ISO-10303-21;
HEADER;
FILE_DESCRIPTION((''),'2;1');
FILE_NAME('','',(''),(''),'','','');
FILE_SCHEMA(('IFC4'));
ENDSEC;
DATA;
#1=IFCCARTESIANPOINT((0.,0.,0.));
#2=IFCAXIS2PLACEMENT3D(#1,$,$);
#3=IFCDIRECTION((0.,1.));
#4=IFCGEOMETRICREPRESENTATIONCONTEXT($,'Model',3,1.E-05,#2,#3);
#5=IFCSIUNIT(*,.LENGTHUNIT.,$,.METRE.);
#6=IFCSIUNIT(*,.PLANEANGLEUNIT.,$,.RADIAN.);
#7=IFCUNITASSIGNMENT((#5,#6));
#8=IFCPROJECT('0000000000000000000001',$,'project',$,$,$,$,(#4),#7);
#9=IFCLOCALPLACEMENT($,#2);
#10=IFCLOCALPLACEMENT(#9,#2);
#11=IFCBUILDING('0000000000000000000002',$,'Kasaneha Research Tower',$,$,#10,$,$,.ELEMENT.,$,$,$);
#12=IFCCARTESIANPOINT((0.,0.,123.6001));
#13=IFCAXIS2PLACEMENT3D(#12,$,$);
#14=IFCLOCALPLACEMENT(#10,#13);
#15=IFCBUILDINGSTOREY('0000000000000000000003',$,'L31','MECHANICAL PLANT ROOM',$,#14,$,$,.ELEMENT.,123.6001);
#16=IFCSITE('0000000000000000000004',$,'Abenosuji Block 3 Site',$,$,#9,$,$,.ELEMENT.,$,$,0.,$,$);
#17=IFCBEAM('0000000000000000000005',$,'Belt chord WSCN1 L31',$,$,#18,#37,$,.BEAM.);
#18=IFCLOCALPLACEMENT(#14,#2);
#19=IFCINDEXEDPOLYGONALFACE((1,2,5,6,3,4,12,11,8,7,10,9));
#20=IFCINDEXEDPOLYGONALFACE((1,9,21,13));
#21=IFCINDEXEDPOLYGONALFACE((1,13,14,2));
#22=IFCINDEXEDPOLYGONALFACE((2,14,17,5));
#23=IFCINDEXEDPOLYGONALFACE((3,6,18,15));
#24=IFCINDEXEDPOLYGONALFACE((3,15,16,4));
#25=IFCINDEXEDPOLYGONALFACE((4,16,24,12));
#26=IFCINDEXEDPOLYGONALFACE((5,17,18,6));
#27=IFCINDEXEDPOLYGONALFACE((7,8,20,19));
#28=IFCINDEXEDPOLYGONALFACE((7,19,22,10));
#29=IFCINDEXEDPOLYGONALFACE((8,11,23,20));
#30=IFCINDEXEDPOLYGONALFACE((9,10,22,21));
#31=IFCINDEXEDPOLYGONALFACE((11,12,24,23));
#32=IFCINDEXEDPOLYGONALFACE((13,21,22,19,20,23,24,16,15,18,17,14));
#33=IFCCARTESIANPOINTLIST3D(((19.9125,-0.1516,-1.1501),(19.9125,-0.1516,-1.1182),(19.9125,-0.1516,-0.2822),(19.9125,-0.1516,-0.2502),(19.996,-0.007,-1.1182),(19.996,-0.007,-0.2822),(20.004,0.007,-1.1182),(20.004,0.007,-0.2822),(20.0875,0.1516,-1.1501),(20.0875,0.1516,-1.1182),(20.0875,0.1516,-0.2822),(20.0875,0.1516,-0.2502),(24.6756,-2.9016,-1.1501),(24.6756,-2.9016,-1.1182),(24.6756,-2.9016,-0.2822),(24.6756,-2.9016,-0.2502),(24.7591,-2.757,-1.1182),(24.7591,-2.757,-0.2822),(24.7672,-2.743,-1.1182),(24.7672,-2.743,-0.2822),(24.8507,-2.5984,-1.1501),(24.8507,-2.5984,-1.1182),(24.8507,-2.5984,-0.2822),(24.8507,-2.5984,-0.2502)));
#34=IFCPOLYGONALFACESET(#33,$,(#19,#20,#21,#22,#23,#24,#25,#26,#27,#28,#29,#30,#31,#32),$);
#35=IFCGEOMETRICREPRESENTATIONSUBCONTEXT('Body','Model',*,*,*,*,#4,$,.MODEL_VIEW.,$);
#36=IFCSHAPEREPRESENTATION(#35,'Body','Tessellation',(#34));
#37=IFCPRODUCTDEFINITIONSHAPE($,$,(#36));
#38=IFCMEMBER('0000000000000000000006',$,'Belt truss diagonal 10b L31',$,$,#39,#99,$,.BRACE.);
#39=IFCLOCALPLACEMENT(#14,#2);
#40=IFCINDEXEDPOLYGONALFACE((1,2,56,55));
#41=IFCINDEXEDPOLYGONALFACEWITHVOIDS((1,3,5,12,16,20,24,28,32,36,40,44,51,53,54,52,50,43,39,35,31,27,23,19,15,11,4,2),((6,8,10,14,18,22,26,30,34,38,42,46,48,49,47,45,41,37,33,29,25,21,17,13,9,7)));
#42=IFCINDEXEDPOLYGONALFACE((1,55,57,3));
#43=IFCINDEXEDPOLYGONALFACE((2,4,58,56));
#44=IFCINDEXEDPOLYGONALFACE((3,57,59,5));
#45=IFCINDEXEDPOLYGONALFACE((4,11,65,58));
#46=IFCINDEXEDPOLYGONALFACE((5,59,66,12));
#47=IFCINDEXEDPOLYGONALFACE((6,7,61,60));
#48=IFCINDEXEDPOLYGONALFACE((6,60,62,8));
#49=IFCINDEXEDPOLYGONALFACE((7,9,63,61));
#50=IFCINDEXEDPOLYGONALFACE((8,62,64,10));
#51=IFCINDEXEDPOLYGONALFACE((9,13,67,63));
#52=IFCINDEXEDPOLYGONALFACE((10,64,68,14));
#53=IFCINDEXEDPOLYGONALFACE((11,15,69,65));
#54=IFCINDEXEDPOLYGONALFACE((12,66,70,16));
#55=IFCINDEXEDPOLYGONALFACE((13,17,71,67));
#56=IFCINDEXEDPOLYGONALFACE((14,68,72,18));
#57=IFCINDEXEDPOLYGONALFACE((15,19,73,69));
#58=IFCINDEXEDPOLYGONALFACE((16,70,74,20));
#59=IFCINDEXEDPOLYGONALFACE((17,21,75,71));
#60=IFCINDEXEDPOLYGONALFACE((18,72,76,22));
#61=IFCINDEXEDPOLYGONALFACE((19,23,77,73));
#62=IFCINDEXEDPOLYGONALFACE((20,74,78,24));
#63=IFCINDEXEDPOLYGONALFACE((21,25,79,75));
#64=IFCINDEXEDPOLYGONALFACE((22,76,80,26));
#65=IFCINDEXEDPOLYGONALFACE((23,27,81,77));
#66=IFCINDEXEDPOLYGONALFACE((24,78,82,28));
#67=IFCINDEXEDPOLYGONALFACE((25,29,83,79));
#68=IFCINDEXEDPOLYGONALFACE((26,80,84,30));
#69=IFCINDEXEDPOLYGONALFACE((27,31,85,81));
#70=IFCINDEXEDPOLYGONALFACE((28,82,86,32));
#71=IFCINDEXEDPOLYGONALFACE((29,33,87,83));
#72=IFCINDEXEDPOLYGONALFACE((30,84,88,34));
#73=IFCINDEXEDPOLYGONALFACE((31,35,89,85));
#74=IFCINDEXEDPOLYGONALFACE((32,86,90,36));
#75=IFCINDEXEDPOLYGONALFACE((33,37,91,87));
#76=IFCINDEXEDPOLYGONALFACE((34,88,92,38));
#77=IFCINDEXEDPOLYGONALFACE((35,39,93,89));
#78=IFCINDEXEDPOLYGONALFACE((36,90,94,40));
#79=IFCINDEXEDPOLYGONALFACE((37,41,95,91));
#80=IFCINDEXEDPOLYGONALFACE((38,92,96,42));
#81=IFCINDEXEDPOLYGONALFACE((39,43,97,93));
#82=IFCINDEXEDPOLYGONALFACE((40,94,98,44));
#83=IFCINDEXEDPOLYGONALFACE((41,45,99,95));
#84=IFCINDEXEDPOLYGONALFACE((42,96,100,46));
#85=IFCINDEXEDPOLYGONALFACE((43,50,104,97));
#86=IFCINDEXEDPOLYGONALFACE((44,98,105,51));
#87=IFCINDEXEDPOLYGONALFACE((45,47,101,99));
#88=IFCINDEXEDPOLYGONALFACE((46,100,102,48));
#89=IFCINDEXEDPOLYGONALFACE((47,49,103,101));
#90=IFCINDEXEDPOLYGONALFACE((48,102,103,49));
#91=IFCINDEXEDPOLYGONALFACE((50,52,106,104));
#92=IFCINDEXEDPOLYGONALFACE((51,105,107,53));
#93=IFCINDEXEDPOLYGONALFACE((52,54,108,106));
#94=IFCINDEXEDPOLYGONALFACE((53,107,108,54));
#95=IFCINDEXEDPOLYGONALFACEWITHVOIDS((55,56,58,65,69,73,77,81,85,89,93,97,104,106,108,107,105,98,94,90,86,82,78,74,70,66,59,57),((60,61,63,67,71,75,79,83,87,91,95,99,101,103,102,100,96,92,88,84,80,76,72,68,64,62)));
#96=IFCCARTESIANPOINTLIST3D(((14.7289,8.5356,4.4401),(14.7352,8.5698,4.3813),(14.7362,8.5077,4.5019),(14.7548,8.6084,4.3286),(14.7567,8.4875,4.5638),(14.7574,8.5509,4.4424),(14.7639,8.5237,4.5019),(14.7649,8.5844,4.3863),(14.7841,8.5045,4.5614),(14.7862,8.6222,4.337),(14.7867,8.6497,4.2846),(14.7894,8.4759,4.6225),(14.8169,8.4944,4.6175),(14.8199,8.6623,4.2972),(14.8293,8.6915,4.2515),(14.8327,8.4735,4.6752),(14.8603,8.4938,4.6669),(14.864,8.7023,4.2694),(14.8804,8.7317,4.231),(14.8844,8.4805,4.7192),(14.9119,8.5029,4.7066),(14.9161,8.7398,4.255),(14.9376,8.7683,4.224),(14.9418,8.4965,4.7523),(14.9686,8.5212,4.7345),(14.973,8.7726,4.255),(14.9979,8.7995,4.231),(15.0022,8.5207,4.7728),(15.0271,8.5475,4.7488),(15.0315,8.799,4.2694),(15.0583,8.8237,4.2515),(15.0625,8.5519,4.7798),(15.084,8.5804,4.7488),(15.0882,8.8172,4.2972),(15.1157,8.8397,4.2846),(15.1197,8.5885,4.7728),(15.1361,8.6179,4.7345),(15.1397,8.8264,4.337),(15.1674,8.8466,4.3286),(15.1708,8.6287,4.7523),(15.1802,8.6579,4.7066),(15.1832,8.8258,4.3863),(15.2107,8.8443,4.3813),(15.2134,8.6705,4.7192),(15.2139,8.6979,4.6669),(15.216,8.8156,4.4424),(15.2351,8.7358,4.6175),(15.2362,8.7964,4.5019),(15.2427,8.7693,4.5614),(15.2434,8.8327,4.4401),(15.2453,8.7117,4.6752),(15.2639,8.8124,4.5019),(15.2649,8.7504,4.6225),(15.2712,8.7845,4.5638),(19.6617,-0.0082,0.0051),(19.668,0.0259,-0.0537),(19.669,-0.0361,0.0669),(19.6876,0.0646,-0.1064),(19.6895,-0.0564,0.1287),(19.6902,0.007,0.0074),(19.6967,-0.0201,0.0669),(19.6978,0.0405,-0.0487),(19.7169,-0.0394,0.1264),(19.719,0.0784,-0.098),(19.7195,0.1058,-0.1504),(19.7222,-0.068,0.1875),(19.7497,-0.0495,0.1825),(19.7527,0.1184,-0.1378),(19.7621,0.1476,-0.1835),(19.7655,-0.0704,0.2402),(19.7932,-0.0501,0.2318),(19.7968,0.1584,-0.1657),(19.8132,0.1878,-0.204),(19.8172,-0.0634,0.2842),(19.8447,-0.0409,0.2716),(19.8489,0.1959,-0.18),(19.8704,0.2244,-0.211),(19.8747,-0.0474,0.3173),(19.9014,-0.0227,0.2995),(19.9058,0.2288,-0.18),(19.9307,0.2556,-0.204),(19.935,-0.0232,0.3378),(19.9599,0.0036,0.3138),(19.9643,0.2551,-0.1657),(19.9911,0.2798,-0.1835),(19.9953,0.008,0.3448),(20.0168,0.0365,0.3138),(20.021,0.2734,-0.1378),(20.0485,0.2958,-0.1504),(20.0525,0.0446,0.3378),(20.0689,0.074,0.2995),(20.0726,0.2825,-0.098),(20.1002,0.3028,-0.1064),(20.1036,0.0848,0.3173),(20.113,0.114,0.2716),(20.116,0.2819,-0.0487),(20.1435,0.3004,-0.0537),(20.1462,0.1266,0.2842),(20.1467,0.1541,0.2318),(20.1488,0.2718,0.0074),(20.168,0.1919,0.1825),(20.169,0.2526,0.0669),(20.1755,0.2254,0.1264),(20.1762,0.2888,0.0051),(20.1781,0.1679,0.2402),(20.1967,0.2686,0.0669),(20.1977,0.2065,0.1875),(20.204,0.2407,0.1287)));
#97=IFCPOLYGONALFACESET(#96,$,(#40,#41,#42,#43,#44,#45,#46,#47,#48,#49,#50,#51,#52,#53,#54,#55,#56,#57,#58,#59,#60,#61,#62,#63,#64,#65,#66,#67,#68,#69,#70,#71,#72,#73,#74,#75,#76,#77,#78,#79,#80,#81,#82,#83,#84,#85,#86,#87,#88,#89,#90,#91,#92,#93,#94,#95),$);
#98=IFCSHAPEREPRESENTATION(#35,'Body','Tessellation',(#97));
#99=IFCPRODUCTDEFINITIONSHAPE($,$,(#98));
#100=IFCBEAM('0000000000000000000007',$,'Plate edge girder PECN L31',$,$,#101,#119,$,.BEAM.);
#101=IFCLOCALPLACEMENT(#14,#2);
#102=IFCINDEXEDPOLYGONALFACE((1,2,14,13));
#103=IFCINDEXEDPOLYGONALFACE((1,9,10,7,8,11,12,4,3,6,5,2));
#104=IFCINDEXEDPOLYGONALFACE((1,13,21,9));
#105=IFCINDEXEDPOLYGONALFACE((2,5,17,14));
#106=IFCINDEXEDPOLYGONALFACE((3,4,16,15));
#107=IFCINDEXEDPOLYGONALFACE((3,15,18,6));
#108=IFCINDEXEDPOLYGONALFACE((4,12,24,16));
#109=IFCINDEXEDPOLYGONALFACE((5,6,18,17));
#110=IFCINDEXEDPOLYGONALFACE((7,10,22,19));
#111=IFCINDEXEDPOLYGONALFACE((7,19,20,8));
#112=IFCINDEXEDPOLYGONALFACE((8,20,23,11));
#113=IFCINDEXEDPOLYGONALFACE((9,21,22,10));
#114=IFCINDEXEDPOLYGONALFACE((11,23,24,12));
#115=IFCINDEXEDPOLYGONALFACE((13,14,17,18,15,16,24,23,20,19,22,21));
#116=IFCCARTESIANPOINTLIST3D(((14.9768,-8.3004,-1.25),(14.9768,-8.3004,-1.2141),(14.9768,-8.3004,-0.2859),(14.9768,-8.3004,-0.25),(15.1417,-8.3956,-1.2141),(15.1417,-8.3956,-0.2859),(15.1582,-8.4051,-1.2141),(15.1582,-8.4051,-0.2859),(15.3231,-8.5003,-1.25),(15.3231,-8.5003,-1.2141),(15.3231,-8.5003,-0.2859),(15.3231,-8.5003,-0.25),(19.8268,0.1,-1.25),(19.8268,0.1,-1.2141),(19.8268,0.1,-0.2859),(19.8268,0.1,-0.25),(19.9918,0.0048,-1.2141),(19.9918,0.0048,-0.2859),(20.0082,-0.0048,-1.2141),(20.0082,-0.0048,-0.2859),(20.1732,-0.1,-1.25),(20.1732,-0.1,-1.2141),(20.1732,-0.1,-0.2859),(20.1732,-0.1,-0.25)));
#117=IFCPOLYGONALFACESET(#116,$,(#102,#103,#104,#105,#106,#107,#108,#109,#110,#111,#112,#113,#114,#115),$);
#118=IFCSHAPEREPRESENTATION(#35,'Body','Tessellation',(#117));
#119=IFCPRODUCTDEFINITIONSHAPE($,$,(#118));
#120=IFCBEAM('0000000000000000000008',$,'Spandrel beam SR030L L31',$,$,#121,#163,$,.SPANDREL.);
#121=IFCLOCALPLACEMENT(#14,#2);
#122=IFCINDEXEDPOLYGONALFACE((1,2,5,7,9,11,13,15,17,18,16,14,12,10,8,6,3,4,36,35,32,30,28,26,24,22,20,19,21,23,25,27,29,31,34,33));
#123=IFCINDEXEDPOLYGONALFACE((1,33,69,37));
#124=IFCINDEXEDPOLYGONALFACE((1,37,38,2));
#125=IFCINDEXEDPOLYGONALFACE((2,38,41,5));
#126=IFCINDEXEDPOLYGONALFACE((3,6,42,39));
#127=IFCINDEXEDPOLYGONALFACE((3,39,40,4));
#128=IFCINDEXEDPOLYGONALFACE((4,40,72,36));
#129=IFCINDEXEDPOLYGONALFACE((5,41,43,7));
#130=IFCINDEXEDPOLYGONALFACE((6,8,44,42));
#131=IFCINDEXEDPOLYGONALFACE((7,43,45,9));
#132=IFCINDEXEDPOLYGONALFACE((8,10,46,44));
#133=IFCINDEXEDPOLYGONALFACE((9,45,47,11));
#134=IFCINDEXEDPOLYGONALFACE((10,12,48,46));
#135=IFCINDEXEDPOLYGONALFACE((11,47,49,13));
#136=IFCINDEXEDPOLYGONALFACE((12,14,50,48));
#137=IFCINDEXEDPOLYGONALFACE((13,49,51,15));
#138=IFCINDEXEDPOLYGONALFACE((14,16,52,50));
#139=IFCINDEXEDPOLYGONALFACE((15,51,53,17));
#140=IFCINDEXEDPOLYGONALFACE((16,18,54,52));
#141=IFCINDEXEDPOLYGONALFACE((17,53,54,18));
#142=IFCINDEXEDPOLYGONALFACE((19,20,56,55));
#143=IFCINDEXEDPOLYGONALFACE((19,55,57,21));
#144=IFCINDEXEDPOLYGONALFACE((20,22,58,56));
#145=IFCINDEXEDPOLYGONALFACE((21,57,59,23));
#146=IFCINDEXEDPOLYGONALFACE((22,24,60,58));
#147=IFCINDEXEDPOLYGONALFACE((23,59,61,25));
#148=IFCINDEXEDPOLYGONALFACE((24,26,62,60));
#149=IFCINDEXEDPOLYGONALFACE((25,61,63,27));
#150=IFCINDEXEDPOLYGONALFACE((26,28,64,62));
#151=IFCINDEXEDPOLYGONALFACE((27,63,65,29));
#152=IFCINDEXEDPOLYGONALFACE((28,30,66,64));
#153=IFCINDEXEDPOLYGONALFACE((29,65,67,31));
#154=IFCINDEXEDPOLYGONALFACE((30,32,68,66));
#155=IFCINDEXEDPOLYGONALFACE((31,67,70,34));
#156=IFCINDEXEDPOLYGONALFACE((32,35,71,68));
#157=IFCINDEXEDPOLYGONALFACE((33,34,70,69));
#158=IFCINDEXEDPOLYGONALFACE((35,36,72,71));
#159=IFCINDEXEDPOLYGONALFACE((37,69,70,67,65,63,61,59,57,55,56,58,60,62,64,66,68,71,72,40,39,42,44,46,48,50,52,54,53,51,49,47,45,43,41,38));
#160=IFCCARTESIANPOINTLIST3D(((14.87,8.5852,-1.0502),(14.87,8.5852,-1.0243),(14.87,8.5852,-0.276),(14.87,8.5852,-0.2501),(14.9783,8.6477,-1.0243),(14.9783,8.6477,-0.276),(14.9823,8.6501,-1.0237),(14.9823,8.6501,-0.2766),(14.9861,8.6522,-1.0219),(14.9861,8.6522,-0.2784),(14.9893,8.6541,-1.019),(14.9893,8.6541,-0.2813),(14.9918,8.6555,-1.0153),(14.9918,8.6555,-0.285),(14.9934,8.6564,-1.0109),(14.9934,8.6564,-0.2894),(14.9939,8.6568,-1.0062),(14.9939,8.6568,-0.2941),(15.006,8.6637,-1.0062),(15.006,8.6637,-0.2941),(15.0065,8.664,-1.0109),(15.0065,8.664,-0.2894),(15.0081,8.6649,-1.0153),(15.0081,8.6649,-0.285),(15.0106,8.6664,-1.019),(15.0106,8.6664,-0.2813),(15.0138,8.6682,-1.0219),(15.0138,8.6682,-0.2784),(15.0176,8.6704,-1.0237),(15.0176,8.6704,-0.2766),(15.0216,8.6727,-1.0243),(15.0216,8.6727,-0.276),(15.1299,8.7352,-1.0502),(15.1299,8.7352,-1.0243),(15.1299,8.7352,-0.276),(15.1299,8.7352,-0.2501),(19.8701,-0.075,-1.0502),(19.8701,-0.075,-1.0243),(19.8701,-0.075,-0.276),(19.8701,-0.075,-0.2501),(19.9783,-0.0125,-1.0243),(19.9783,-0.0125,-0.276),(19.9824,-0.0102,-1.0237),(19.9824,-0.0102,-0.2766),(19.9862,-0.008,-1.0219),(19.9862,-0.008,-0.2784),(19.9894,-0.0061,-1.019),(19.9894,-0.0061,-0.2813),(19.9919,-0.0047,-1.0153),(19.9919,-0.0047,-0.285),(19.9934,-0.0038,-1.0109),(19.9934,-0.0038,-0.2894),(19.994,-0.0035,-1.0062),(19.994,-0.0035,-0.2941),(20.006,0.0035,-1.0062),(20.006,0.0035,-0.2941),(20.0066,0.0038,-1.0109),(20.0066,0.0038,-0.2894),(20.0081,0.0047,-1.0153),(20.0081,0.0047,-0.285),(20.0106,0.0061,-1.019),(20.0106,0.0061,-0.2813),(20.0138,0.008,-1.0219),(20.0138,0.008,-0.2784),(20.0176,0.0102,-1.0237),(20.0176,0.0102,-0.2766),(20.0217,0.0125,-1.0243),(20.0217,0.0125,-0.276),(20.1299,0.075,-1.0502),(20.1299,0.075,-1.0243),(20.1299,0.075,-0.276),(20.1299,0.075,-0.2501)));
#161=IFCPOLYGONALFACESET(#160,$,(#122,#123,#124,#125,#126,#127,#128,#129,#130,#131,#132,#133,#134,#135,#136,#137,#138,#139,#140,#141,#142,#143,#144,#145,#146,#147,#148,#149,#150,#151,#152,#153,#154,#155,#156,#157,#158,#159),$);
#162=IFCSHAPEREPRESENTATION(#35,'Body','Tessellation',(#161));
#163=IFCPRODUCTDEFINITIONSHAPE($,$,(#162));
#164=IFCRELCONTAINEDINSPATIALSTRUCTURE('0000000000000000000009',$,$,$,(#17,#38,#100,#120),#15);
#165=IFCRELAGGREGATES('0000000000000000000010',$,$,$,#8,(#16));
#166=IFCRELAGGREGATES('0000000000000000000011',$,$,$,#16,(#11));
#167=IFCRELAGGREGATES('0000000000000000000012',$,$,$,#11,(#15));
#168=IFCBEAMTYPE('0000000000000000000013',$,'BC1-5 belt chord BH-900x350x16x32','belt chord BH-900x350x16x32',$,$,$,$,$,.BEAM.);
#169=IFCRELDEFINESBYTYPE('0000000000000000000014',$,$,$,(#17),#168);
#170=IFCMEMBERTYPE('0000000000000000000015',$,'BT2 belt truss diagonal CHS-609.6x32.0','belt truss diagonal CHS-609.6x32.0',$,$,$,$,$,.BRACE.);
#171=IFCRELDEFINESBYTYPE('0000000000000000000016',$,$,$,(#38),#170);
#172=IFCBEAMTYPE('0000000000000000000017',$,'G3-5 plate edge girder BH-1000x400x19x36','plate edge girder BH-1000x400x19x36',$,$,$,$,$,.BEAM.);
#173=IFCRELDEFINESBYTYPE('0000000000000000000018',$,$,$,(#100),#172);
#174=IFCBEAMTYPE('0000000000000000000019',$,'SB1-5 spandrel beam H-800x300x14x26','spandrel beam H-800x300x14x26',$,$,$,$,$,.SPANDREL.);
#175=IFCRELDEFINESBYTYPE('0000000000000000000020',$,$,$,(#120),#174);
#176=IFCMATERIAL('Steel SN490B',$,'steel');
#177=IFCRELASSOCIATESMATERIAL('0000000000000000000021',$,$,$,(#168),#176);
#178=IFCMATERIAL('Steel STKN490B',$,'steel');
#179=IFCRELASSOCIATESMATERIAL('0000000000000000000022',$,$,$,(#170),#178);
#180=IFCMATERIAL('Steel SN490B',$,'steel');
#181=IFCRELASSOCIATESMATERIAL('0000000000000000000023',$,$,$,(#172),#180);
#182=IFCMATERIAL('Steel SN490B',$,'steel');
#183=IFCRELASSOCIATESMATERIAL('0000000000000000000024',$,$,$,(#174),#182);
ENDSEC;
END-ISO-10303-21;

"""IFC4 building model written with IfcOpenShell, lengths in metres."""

from ifc_helpers import new_model, si_unit, direction, frame, origin, origin_2d, place, context, subcontext, project, spatial, hollow_circle, i_section, extrude, material, material_profile, profile_set, type_object, element, save


model = new_model("IFC4")

# Units and contexts
model_context = context("Model", 3, precision=1e-05, world=origin(), true_north=direction((0.0, 1.0)))
body_context = subcontext(model_context, "Body", "Model", "MODEL_VIEW")
ifc_project = project(units=[si_unit("LENGTHUNIT", "METRE"), si_unit("PLANEANGLEUNIT", "RADIAN")], contexts=[model_context])

# Site, building, storey
site_placement = place(None, origin())
site = spatial("IfcSite", under=ifc_project, at=site_placement, Name="Abenosuji Block 3 Site", CompositionType="ELEMENT", RefElevation=0.0)
building_placement = place(site_placement, origin())
building = spatial("IfcBuilding", under=site, at=building_placement, Name="Kasaneha Research Tower", CompositionType="ELEMENT")
storey_placement = place(building_placement, frame((0.0, 0.0, 123.6001)))
storey = spatial("IfcBuildingStorey", under=building, at=storey_placement, Name="L31", Description="MECHANICAL PLANT ROOM", CompositionType="ELEMENT", Elevation=123.6001)

# Beam
ifc_material_1 = material(Name="Steel SN490B", Category="steel")
ifc_material_profile_1 = material_profile(ifc_material_1, i_section(OverallWidth=0.3501, OverallDepth=0.8999, WebThickness=0.0161, FlangeThickness=0.032, at=origin_2d()), Name="BH-900x350x16x32")
ifc_profile_set_1 = profile_set([ifc_material_profile_1], Name="Steel SN490B")
beam_type_1 = type_object("IfcBeamType", Name="BC1-5 belt chord BH-900x350x16x32", Description="belt chord BH-900x350x16x32", PredefinedType="BEAM", material=ifc_profile_set_1)
beam_1_placement = place(storey_placement, frame((20.0, 0.0, -0.7002), z_axis=(0.866027, -0.499997, 0.0), x_axis=(0.499997, 0.866027, 0.0)))
element("IfcBeam", 1, at=beam_1_placement, inside=storey, type_object=beam_type_1, Name="Belt chord WSCN1 L31", PredefinedType="BEAM", context=body_context, shape_type="SweptSolid", body=[
    extrude(i_section(OverallWidth=0.3501, OverallDepth=0.8999, WebThickness=0.0161, FlangeThickness=0.032, at=origin_2d()), origin(), (0.0, 0.0, 1.0), 5.5),
])

# Member
ifc_material_2 = material(Name="Steel STKN490B", Category="steel")
ifc_material_profile_2 = material_profile(ifc_material_2, hollow_circle(Radius=0.3047, WallThickness=0.032, at=origin_2d()), Name="CHS-609.6x32.0")
ifc_profile_set_2 = profile_set([ifc_material_profile_2], Name="Steel STKN490B")
member_type = type_object("IfcMemberType", Name="BT2 belt truss diagonal CHS-609.6x32.0", Description="belt truss diagonal CHS-609.6x32.0", PredefinedType="BRACE", material=ifc_profile_set_2)
member_placement = place(storey_placement, frame((19.9329, 0.1162, 0.0669), z_axis=(-0.45604, 0.789882, 0.410018), x_axis=(-0.866025, -0.500001, 0.0)))
element("IfcMember", 2, at=member_placement, inside=storey, type_object=member_type, Name="Belt truss diagonal 10b L31", PredefinedType="BRACE", context=body_context, shape_type="SweptSolid", body=[
    extrude(hollow_circle(Radius=0.3047, WallThickness=0.032, at=origin_2d()), origin(), (0.0, 0.0, 1.0), 10.8167),
])

# Beams
ifc_material_3 = material(Name="Steel SN490B", Category="steel")
ifc_material_profile_3 = material_profile(ifc_material_3, i_section(OverallWidth=0.3999, OverallDepth=1.0, WebThickness=0.019, FlangeThickness=0.0359, at=origin_2d()), Name="BH-1000x400x19x36")
ifc_profile_set_3 = profile_set([ifc_material_profile_3], Name="Steel SN490B")
beam_type_2 = type_object("IfcBeamType", Name="G3-5 plate edge girder BH-1000x400x19x36", Description="plate edge girder BH-1000x400x19x36", PredefinedType="BEAM", material=ifc_profile_set_3)
beam_2_placement = place(storey_placement, frame((20.0, 0.0, -0.75), z_axis=(-0.50001, -0.86602, 0.0), x_axis=(0.86602, -0.50001, 0.0)))
element("IfcBeam", 3, at=beam_2_placement, inside=storey, type_object=beam_type_2, Name="Plate edge girder PECN L31", PredefinedType="BEAM", context=body_context, shape_type="SweptSolid", body=[
    extrude(i_section(OverallWidth=0.3999, OverallDepth=1.0, WebThickness=0.019, FlangeThickness=0.0359, at=origin_2d()), origin(), (0.0, 0.0, 1.0), 9.7),
])
ifc_material_4 = material(Name="Steel SN490B", Category="steel")
ifc_material_profile_4 = material_profile(ifc_material_4, i_section(OverallWidth=0.3, OverallDepth=0.8, WebThickness=0.0139, FlangeThickness=0.0259, FilletRadius=0.0181, at=origin_2d()), Name="H-800x300x14x26")
ifc_profile_set_4 = profile_set([ifc_material_profile_4], Name="Steel SN490B")
beam_type_3 = type_object("IfcBeamType", Name="SB1-5 spandrel beam H-800x300x14x26", Description="spandrel beam H-800x300x14x26", PredefinedType="SPANDREL", material=ifc_profile_set_4)
beam_3_placement = place(storey_placement, frame((20.0, 0.0, -0.6501), z_axis=(-0.500004, 0.866023, 0.0), x_axis=(-0.866023, -0.500004, 0.0)))
element("IfcBeam", 4, at=beam_3_placement, inside=storey, type_object=beam_type_3, Name="Spandrel beam SR030L L31", PredefinedType="SPANDREL", context=body_context, shape_type="SweptSolid", body=[
    extrude(i_section(OverallWidth=0.3, OverallDepth=0.8, WebThickness=0.0139, FlangeThickness=0.0259, FilletRadius=0.0181, at=origin_2d()), origin(), (0.0, 0.0, 1.0), 10.0),
])

save(model, "model.ifc")
